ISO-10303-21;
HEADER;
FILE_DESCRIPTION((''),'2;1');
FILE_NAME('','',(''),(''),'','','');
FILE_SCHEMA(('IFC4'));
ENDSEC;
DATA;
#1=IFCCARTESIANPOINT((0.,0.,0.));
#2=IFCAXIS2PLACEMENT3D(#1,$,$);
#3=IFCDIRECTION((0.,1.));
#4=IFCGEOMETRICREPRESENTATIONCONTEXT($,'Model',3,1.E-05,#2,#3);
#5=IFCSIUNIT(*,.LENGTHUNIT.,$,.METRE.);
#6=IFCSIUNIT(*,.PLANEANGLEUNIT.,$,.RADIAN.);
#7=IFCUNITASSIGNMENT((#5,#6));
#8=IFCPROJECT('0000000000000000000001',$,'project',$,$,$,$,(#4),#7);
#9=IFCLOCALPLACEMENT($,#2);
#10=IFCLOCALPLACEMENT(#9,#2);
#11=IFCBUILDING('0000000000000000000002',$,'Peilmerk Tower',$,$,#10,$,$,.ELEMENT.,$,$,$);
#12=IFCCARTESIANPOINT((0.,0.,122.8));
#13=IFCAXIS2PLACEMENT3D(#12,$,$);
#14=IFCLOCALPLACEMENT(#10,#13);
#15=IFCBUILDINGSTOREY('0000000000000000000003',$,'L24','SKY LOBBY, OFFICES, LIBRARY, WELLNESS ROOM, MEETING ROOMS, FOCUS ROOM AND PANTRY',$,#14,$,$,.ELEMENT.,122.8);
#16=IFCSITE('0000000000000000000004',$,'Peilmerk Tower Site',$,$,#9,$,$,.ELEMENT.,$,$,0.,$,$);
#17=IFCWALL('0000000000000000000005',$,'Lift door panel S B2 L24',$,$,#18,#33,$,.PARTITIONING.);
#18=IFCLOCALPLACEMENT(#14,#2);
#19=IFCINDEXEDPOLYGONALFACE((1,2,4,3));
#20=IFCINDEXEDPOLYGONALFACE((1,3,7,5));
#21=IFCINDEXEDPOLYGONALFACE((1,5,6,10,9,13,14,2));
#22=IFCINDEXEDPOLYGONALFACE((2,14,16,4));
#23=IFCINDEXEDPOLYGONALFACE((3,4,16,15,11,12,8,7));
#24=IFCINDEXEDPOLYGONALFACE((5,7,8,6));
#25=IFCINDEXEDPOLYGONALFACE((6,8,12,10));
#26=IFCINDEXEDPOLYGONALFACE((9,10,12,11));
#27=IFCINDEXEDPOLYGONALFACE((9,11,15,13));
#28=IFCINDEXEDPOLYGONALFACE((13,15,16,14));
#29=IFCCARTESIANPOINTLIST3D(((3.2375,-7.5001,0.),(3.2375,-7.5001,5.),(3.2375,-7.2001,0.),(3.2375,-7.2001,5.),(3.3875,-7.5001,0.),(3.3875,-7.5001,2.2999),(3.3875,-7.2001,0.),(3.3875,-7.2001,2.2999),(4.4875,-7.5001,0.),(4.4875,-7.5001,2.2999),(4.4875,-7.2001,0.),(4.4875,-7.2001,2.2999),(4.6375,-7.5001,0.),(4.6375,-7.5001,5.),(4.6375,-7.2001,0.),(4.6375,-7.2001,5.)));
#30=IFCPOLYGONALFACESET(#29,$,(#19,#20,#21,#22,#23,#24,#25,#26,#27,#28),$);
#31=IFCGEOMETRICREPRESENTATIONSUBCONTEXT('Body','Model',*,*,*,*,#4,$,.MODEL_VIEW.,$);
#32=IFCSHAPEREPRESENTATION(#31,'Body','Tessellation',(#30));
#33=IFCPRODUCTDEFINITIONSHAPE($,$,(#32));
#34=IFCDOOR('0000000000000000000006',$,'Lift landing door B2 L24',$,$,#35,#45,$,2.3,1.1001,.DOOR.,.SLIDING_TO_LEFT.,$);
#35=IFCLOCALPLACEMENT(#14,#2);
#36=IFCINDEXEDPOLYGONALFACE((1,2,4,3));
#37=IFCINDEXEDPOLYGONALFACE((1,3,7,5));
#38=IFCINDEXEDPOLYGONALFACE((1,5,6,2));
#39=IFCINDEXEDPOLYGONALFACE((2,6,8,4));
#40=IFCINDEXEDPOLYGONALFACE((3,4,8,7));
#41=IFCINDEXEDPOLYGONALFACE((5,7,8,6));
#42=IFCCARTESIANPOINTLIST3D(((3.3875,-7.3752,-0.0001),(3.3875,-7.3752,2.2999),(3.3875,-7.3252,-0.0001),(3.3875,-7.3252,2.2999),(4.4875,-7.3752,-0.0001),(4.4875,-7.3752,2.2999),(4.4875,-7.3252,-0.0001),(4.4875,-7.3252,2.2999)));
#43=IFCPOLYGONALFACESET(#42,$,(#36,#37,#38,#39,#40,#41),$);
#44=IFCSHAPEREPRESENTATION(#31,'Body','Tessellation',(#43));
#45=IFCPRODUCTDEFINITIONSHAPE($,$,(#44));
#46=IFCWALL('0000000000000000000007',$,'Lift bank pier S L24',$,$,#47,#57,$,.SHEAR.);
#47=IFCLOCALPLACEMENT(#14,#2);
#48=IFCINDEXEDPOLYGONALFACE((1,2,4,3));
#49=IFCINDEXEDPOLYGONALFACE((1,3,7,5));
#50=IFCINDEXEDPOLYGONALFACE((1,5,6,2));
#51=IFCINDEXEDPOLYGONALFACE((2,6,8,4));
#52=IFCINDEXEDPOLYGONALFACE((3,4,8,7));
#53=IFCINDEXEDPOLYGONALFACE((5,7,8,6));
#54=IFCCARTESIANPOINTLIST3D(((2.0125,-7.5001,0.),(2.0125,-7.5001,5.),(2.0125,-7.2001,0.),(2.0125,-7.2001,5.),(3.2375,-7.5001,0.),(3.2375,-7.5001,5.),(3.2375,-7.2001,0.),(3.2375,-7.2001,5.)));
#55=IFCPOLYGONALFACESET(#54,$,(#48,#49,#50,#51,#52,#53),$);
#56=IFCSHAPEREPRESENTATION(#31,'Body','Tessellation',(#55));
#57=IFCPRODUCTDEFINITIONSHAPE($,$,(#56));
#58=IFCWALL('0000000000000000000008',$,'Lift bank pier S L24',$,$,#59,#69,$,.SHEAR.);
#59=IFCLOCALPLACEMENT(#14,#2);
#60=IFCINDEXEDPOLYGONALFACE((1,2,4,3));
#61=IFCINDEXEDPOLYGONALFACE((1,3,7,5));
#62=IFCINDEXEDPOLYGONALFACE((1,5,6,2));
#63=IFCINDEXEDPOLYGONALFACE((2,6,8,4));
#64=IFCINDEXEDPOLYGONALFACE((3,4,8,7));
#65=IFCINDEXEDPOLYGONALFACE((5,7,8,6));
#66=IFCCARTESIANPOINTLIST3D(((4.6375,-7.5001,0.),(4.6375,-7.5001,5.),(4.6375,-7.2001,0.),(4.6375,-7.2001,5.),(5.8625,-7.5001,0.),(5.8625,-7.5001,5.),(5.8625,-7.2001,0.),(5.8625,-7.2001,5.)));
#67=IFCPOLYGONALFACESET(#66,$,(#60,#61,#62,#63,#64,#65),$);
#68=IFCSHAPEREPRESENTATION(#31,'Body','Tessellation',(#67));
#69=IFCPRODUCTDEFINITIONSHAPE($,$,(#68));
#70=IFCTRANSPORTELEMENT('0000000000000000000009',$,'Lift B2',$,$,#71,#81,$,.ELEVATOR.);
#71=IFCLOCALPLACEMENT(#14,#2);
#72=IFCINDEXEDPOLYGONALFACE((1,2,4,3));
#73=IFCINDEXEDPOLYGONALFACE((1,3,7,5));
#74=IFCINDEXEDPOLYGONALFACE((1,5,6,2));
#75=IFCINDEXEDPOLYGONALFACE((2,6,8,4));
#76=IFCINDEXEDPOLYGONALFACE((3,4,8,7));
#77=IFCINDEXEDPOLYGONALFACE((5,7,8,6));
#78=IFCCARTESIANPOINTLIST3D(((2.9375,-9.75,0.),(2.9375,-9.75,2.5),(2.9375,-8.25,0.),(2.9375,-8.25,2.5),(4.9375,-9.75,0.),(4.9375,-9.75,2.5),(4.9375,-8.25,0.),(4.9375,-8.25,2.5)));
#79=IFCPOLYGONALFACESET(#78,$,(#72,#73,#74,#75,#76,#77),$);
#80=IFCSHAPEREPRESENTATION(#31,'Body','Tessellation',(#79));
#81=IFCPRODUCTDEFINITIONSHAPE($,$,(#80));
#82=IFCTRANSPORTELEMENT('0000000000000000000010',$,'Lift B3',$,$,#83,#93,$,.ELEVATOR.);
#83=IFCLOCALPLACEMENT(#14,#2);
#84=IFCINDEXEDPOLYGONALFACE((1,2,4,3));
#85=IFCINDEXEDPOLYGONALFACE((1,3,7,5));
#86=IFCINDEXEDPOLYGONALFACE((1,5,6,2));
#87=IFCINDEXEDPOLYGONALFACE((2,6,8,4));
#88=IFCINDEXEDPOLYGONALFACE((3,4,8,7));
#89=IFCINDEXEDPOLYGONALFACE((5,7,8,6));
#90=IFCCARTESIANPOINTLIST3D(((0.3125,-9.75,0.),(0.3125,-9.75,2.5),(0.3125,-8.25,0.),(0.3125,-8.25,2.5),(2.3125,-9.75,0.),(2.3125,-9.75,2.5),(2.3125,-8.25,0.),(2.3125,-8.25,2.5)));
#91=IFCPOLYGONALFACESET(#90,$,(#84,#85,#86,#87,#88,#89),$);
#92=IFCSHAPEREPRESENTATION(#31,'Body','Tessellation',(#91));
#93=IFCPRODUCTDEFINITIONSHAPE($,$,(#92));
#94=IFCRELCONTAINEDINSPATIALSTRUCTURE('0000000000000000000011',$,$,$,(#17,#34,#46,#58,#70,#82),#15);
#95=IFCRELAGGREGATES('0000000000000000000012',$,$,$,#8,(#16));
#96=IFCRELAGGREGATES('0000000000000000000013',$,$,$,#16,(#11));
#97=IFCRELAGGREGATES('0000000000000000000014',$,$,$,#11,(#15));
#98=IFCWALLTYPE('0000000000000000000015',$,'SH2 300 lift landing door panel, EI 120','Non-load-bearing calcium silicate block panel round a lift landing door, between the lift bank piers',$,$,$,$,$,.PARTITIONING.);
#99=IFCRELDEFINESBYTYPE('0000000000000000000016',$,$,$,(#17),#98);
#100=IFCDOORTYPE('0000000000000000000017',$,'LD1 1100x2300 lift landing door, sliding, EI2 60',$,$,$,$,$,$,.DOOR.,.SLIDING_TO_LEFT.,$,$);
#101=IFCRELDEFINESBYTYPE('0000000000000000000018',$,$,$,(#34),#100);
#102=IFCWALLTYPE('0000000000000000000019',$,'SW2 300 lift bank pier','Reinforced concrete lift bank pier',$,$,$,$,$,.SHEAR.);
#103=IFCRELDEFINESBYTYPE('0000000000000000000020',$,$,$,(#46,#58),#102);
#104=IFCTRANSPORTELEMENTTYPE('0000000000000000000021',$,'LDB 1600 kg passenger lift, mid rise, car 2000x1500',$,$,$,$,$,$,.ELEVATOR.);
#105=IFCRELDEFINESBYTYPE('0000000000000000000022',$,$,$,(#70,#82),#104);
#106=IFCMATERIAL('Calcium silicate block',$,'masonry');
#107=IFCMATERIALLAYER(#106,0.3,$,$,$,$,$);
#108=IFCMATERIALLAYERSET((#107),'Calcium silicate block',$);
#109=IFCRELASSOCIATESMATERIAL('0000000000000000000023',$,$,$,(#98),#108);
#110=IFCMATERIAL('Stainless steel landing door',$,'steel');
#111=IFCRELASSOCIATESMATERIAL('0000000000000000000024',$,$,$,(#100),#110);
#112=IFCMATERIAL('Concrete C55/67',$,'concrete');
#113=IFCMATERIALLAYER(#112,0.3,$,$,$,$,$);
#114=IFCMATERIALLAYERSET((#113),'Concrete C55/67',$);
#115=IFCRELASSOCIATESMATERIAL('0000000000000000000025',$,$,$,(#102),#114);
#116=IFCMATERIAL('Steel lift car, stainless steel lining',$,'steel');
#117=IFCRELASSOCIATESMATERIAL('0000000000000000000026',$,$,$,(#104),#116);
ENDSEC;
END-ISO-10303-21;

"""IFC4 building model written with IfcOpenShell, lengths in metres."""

from ifc_helpers import new_model, si_unit, direction, frame, frame_2d, origin, origin_with_axes, origin_2d, place, context, subcontext, project, spatial, rectangle, extrude, material, layer, layer_set, type_object, element, fill, save


model = new_model("IFC4")

# Units and contexts
model_context = context("Model", 3, precision=1e-05, world=origin(), true_north=direction((0.0, 1.0)))
body_context = subcontext(model_context, "Body", "Model", "MODEL_VIEW")
ifc_project = project(units=[si_unit("LENGTHUNIT", "METRE"), si_unit("PLANEANGLEUNIT", "RADIAN")], contexts=[model_context])

# Site, building, storey
site_placement = place(None, origin())
site = spatial("IfcSite", under=ifc_project, at=site_placement, Name="Peilmerk Tower Site", CompositionType="ELEMENT", RefElevation=0.0)
building_placement = place(site_placement, origin())
building = spatial("IfcBuilding", under=site, at=building_placement, Name="Peilmerk Tower", CompositionType="ELEMENT")
storey_placement = place(building_placement, frame((0.0, 0.0, 122.8)))
storey = spatial("IfcBuildingStorey", under=building, at=storey_placement, Name="L24", Description="SKY LOBBY, OFFICES, LIBRARY, WELLNESS ROOM, MEETING ROOMS, FOCUS ROOM AND PANTRY", CompositionType="ELEMENT", Elevation=122.8)

# Wall, opening, door
ifc_material_1 = material(Name="Calcium silicate block", Category="masonry")
ifc_layer_1 = layer(ifc_material_1, 0.3)
ifc_layer_set_1 = layer_set([ifc_layer_1], Name="Calcium silicate block")
wall_type_1 = type_object("IfcWallType", Name="SH2 300 lift landing door panel, EI 120", Description="Non-load-bearing calcium silicate block panel round a lift landing door, between the lift bank piers", PredefinedType="PARTITIONING", material=ifc_layer_set_1)
ifc_material_2 = material(Name="Stainless steel landing door", Category="steel")
door_type_1 = type_object("IfcDoorType", Name="LD1 1100x2300 lift landing door, sliding, EI2 60", OperationType="SLIDING_TO_LEFT", PredefinedType="DOOR", material=ifc_material_2)
wall_1_placement = place(storey_placement, frame((3.2375, -7.3501, 0.0), z_axis=(0.0, 0.0, 1.0), x_axis=(1.0, 0.0, 0.0)))
wall_1 = element("IfcWall", 1, at=wall_1_placement, inside=storey, type_object=wall_type_1, Name="Lift door panel S B2 L24", PredefinedType="PARTITIONING", context=body_context, shape_type="SweptSolid", body=[
    extrude(rectangle(XDim=1.3999, YDim=0.3, at=frame_2d((0.7, 0.0))), origin(), (0.0, 0.0, 1.0), 5.0),
])
opening_1_placement = place(wall_1_placement, frame((0.1499, 0.0, 0.0)))
opening_1 = element("IfcOpeningElement", 2, at=opening_1_placement, cuts=wall_1, PredefinedType="OPENING", context=body_context, shape_type="SweptSolid", body=[
    extrude(rectangle(XDim=1.1001, YDim=2.3, at=frame_2d((0.55, 1.1499))), frame((0.0, 0.1599, 0.0), z_axis=(0.0, -1.0, 0.0), x_axis=(1.0, 0.0, 0.0)), (0.0, 0.0, 1.0), 0.3201),
])
door_1_placement = place(opening_1_placement, origin())
door_1 = element("IfcDoor", 3, at=door_1_placement, inside=storey, type_object=door_type_1, Name="Lift landing door B2 L24", OperationType="SLIDING_TO_LEFT", OverallHeight=2.3, OverallWidth=1.1001, PredefinedType="DOOR", context=body_context, shape_type="SweptSolid", body=[
    extrude(rectangle(XDim=1.1001, YDim=2.3, at=frame_2d((0.55, 1.1499))), frame((0.0, 0.0249, 0.0), z_axis=(0.0, -1.0, 0.0), x_axis=(1.0, 0.0, 0.0)), (0.0, 0.0, 1.0), 0.05),
])
fill(opening_1, door_1)

# Walls
ifc_material_3 = material(Name="Concrete C55/67", Category="concrete")
ifc_layer_2 = layer(ifc_material_3, 0.3)
ifc_layer_set_2 = layer_set([ifc_layer_2], Name="Concrete C55/67")
wall_type_2 = type_object("IfcWallType", Name="SW2 300 lift bank pier", Description="Reinforced concrete lift bank pier", PredefinedType="SHEAR", material=ifc_layer_set_2)
for number, where, z_axis, x_axis, name in (
    (4, (2.0125, -7.3501, 0.0), (0.0, 0.0, 1.0), (1.0, 0.0, 0.0), "Lift bank pier S L24"),
    (5, (4.6375, -7.3501, 0.0), (0.0, 0.0, 1.0), (1.0, 0.0, 0.0), "Lift bank pier S L24"),
):
    element("IfcWall", number, at=place(storey_placement, frame(where, z_axis=z_axis, x_axis=x_axis)), inside=storey, type_object=wall_type_2, Name=name, PredefinedType="SHEAR", context=body_context, shape_type="SweptSolid", body=[
        extrude(rectangle(XDim=1.2251, YDim=0.3, at=frame_2d((0.6125, 0.0))), origin(), (0.0, 0.0, 1.0), 5.0),
    ])

# Transport elements
ifc_material_4 = material(Name="Steel lift car, stainless steel lining", Category="steel")
transport_element_type = type_object("IfcTransportElementType", Name="LDB 1600 kg passenger lift, mid rise, car 2000x1500", PredefinedType="ELEVATOR", material=ifc_material_4)
for number, where, z_axis, x_axis, name in (
    (6, (3.9375, -9.0, 0.0), (0.0, 0.0, 1.0), (1.0, 0.0, 0.0), "Lift B2"),
    (7, (1.3125, -9.0, 0.0), (0.0, 0.0, 1.0), (1.0, 0.0, 0.0), "Lift B3"),
):
    element("IfcTransportElement", number, at=place(storey_placement, frame(where, z_axis=z_axis, x_axis=x_axis)), inside=storey, type_object=transport_element_type, Name=name, PredefinedType="ELEVATOR", context=body_context, shape_type="SweptSolid", body=[
        extrude(rectangle(XDim=2.0, YDim=1.5, at=origin_2d()), origin_with_axes(), (0.0, 0.0, 1.0), 2.5),
    ])

save(model, "model.ifc")
